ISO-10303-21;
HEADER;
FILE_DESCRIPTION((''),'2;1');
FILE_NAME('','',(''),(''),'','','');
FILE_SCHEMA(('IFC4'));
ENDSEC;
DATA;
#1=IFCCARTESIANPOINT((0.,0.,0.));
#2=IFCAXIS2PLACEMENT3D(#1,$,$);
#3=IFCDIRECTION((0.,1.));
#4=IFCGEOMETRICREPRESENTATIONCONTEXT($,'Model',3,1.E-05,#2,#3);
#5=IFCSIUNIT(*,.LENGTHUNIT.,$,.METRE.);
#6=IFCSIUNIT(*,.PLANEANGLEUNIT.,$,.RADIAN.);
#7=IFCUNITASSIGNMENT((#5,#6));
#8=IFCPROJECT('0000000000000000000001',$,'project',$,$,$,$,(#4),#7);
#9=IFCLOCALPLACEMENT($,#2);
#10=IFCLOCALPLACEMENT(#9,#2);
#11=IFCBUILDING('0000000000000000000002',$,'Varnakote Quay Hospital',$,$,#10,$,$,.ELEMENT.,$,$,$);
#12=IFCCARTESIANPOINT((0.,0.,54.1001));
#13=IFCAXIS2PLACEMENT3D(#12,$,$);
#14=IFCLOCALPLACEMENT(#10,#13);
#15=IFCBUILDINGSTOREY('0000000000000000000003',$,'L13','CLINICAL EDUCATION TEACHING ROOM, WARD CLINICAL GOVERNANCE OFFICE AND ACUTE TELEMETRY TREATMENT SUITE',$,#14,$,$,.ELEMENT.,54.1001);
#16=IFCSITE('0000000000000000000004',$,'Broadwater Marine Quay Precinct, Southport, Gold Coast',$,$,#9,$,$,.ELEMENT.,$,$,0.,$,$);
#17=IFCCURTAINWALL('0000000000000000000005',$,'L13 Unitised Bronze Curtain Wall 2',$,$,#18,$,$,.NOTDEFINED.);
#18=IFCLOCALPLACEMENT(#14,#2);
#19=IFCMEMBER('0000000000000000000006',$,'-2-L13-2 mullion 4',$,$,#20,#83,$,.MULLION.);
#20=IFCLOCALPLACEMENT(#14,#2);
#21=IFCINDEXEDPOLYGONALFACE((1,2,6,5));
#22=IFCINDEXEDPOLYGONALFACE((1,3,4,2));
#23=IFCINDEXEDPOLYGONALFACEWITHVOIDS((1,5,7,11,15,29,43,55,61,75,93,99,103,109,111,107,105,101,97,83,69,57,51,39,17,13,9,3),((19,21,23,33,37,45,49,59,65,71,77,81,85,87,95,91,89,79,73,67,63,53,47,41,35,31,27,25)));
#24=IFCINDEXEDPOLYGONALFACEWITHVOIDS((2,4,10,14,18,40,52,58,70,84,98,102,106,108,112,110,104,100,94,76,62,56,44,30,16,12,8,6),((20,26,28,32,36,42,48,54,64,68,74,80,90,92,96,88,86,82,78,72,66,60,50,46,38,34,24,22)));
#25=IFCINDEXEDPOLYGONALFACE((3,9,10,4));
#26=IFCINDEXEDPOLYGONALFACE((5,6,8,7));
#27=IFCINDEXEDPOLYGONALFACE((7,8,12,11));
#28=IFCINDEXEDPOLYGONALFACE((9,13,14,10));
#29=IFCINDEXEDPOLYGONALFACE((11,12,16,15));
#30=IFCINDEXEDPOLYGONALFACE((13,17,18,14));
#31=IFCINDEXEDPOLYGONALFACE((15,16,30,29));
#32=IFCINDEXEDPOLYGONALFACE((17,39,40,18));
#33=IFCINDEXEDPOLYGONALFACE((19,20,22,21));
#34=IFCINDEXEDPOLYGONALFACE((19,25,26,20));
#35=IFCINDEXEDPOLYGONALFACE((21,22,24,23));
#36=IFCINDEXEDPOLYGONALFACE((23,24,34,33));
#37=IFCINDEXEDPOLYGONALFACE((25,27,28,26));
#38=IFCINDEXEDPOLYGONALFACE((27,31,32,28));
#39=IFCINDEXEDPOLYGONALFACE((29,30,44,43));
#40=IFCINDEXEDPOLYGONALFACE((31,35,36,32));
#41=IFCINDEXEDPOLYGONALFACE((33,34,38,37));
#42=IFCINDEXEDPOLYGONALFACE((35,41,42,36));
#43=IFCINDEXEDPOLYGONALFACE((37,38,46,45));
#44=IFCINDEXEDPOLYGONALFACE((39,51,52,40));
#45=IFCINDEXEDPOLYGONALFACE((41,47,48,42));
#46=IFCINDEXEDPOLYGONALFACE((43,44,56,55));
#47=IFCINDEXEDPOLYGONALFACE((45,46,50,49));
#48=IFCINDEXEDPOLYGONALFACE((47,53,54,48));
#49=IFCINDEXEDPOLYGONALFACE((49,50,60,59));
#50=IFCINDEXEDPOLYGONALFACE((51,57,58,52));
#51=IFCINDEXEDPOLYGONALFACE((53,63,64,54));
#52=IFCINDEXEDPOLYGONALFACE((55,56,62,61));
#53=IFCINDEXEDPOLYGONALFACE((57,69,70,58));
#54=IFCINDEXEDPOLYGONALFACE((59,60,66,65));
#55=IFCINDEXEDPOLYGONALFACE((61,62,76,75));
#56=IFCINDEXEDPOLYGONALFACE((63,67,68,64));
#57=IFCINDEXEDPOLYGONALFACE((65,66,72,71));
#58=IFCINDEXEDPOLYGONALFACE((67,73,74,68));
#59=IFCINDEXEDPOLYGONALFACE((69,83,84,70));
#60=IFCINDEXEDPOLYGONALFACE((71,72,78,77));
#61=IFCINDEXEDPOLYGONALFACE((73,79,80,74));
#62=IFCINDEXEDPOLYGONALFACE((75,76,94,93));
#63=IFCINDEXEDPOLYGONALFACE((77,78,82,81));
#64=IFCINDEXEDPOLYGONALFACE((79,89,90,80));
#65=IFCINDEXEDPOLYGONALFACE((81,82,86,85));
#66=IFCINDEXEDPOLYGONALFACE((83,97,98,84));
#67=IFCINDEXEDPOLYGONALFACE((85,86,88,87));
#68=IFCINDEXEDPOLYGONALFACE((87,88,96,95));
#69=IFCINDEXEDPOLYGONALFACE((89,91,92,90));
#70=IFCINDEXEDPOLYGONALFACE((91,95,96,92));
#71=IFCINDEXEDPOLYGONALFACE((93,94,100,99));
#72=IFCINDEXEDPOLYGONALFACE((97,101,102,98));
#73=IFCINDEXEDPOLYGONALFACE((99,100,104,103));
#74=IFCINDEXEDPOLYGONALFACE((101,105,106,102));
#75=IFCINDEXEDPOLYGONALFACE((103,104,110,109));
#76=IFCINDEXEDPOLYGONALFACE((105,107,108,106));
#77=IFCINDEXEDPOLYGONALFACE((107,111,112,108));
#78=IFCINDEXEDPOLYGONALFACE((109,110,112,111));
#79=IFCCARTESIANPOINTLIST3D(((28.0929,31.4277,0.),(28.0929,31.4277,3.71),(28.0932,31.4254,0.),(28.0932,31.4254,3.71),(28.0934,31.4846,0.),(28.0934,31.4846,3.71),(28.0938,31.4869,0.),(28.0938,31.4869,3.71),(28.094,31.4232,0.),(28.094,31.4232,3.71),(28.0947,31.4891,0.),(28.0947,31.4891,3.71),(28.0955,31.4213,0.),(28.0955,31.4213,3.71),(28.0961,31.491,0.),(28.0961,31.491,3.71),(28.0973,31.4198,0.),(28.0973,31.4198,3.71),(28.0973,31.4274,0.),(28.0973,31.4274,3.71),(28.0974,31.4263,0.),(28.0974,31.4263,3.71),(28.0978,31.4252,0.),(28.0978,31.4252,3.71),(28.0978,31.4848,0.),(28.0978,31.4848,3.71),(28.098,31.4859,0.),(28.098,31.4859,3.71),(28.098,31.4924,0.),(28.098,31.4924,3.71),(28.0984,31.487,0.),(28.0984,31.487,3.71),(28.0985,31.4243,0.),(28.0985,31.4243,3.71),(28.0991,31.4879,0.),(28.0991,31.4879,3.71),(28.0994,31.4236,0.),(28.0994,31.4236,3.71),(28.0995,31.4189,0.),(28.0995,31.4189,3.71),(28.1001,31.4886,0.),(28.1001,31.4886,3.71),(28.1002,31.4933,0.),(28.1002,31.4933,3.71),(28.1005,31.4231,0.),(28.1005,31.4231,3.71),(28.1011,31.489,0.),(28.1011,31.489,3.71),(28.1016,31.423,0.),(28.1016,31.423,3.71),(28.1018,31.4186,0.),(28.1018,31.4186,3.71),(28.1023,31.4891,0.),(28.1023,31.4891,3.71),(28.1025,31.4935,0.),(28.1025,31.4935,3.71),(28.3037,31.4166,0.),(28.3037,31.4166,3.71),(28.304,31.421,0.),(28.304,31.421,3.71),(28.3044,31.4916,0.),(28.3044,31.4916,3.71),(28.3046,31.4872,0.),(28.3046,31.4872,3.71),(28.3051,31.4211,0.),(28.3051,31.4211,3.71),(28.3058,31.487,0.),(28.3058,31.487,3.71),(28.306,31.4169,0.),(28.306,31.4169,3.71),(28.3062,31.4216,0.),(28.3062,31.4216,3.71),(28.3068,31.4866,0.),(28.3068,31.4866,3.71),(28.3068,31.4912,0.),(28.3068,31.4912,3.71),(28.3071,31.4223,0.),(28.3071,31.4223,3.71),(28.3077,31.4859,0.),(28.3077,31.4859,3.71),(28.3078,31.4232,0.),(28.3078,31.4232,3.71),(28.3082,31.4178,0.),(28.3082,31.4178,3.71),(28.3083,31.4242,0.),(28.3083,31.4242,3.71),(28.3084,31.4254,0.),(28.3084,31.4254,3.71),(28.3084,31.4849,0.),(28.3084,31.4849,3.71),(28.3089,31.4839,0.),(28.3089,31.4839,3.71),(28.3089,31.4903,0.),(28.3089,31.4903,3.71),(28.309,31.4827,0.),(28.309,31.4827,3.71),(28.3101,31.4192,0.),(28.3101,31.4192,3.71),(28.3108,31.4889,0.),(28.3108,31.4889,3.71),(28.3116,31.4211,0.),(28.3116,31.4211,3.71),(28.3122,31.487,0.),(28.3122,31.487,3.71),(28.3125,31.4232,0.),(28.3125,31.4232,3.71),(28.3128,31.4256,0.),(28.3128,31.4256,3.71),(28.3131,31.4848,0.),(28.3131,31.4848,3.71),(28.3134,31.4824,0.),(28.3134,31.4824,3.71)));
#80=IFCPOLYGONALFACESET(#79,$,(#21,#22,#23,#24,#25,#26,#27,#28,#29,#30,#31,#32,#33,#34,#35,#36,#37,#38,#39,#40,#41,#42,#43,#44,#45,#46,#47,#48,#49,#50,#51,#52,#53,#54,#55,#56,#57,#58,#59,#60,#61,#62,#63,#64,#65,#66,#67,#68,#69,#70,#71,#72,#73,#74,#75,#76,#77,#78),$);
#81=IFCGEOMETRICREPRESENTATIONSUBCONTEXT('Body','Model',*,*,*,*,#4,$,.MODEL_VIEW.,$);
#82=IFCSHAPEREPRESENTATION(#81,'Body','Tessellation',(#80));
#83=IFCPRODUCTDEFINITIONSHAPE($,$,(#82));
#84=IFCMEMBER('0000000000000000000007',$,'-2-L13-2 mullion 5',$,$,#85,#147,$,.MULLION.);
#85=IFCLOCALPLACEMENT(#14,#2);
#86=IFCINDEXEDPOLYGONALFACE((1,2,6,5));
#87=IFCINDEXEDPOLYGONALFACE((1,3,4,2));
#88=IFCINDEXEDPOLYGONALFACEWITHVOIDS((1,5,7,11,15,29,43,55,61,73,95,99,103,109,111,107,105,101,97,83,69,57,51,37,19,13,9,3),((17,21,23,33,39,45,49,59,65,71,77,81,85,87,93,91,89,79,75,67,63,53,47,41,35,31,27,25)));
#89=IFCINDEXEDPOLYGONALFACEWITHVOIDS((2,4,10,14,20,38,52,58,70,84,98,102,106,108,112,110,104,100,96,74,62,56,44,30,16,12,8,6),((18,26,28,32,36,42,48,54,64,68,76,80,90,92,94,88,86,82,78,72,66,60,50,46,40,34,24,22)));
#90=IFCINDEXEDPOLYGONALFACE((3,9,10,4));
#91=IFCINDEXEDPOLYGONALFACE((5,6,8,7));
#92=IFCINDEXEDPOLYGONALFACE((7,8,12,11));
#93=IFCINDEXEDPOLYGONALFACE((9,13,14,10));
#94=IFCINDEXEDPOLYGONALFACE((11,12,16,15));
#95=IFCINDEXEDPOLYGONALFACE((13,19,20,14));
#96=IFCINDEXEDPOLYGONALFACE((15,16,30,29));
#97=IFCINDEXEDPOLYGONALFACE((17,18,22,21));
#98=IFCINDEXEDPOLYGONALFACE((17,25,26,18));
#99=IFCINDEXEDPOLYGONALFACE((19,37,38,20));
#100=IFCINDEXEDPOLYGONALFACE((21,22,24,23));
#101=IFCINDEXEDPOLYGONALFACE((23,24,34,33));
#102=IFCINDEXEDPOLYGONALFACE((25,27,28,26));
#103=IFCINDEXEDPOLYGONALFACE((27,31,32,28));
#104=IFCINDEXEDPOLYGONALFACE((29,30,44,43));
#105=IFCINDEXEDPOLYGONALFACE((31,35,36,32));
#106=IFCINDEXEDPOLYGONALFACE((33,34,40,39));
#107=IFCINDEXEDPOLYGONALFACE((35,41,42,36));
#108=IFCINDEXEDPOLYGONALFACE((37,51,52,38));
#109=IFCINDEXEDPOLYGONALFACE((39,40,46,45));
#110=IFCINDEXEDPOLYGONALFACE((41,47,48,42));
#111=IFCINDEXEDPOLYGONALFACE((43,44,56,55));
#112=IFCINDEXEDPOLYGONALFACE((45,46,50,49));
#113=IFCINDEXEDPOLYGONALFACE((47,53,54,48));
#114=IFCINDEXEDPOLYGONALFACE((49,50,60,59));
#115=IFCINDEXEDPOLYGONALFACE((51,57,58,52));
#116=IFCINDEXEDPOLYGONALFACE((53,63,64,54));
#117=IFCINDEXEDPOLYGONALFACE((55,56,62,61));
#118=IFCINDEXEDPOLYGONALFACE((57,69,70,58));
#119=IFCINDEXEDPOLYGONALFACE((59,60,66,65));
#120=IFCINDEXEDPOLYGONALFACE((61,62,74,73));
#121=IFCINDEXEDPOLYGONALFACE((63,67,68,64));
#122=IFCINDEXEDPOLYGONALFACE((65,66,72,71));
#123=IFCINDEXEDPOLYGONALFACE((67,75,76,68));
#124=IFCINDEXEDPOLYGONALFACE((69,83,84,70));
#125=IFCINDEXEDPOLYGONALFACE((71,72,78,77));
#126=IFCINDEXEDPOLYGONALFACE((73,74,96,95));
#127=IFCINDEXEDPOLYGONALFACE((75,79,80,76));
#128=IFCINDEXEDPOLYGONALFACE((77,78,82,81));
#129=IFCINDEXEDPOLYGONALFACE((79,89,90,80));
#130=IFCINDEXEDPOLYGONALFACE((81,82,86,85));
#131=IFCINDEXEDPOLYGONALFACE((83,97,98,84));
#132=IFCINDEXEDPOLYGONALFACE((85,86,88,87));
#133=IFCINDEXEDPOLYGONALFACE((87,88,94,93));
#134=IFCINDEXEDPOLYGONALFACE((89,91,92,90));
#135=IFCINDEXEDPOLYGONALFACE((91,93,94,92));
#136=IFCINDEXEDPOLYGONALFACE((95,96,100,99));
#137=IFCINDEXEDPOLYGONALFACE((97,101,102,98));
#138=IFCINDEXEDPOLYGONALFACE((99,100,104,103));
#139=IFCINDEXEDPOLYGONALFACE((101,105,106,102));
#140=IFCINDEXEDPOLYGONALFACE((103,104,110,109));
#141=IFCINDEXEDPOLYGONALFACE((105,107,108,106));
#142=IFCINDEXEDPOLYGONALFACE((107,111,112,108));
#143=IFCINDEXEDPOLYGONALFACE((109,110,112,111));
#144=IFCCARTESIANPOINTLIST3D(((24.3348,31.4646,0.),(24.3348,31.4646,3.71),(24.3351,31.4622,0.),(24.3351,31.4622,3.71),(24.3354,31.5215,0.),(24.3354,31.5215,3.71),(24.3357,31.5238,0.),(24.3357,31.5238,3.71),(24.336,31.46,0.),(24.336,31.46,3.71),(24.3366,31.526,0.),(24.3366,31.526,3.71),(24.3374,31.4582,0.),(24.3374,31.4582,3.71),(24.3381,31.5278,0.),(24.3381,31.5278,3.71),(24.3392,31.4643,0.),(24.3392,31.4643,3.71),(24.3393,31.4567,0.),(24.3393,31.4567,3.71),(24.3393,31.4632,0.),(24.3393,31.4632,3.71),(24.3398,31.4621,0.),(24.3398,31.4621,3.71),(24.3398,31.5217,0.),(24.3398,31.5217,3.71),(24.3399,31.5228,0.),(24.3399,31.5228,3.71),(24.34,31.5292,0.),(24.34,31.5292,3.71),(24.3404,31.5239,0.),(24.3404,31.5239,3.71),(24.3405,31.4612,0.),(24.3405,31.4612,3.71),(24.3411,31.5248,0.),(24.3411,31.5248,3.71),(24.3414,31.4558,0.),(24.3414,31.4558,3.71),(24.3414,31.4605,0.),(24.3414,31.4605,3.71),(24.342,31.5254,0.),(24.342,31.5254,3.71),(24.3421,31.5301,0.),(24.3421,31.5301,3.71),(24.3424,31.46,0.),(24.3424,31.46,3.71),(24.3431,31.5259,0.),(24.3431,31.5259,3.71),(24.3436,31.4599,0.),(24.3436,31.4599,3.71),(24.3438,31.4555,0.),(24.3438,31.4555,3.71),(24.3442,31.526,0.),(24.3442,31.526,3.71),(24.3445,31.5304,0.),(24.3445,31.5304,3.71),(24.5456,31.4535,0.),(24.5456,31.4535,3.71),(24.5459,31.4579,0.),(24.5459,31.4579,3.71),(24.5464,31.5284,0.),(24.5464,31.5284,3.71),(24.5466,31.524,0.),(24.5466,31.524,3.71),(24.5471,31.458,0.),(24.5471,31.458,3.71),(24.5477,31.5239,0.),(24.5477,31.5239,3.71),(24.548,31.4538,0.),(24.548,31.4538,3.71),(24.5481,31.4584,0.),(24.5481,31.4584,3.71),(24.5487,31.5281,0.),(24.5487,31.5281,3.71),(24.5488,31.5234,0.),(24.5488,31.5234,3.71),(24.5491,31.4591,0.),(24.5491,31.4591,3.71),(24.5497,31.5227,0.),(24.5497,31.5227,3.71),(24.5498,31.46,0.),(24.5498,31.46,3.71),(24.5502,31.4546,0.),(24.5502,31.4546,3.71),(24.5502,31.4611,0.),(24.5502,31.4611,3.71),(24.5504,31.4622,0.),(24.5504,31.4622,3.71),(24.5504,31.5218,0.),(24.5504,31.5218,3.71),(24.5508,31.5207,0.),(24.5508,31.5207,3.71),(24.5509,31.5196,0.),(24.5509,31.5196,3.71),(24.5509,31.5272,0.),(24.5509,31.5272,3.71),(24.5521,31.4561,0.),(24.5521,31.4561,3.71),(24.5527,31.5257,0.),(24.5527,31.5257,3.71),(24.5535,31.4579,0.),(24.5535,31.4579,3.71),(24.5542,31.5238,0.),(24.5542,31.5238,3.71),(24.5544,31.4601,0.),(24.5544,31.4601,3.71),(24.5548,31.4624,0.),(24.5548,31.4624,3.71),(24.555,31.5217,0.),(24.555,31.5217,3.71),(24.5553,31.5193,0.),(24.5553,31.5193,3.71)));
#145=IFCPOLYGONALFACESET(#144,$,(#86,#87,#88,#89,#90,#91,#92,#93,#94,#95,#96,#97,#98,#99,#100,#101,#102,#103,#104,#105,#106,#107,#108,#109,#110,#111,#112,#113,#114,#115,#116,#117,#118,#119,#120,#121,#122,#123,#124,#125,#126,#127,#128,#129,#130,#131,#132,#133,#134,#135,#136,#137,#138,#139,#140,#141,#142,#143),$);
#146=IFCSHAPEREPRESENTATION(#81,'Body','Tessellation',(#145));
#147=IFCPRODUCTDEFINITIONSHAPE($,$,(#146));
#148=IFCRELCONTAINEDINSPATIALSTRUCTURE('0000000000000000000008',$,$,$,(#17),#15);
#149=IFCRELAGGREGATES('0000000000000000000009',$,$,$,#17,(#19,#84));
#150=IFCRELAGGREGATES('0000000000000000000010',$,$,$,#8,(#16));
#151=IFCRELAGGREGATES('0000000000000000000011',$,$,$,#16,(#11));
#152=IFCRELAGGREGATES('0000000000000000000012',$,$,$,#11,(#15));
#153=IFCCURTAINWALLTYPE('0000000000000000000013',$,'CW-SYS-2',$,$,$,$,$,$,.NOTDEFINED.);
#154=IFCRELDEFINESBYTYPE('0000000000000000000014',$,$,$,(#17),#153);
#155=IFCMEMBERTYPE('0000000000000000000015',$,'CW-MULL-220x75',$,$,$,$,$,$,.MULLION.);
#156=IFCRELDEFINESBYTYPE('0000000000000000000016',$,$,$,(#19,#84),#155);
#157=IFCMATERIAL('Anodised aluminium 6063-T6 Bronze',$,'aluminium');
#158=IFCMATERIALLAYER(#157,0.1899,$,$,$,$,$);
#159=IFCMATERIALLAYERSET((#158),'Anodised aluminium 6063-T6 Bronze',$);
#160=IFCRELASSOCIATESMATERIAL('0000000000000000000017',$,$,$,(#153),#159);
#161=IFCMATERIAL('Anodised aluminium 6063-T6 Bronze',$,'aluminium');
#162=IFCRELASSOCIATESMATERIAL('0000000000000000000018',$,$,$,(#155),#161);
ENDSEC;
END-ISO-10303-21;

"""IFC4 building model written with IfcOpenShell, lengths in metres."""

from ifc_helpers import new_model, si_unit, direction, frame, origin, origin_2d, place, context, subcontext, project, spatial, hollow_rectangle, extrude, material, layer, layer_set, material_profile, profile_set, type_object, element, aggregate, save


model = new_model("IFC4")

# Units and contexts
model_context = context("Model", 3, precision=1e-05, world=origin(), true_north=direction((0.0, 1.0)))
body_context = subcontext(model_context, "Body", "Model", "MODEL_VIEW")
ifc_project = project(units=[si_unit("LENGTHUNIT", "METRE"), si_unit("PLANEANGLEUNIT", "RADIAN")], contexts=[model_context])

# Site, building, storey
site_placement = place(None, origin())
site = spatial("IfcSite", under=ifc_project, at=site_placement, Name="Broadwater Marine Quay Precinct, Southport, Gold Coast", CompositionType="ELEMENT", RefElevation=0.0)
building_placement = place(site_placement, origin())
building = spatial("IfcBuilding", under=site, at=building_placement, Name="Varnakote Quay Hospital", CompositionType="ELEMENT")
storey_placement = place(building_placement, frame((0.0, 0.0, 54.1001)))
storey = spatial("IfcBuildingStorey", under=building, at=storey_placement, Name="L13", Description="CLINICAL EDUCATION TEACHING ROOM, WARD CLINICAL GOVERNANCE OFFICE AND ACUTE TELEMETRY TREATMENT SUITE", CompositionType="ELEMENT", Elevation=54.1001)

# Curtain wall, members
ifc_material_1 = material(Name="Anodised aluminium 6063-T6 Bronze", Category="aluminium")
ifc_layer_1 = layer(ifc_material_1, 0.1899)
ifc_layer_set_1 = layer_set([ifc_layer_1], Name="Anodised aluminium 6063-T6 Bronze")
curtain_wall_type = type_object("IfcCurtainWallType", Name="CW-SYS-2", PredefinedType="NOTDEFINED", material=ifc_layer_set_1)
curtain_wall_placement = place(storey_placement, origin())
curtain_wall = element("IfcCurtainWall", 1, at=curtain_wall_placement, inside=storey, type_object=curtain_wall_type, Name="L13 Unitised Bronze Curtain Wall 2", PredefinedType="NOTDEFINED")
ifc_material_2 = material(Name="Anodised aluminium 6063-T6 Bronze", Category="aluminium")
ifc_material_profile_1 = material_profile(ifc_material_2, hollow_rectangle(XDim=0.075, YDim=0.22, WallThickness=0.0044, InnerFilletRadius=0.0044, OuterFilletRadius=0.009, at=origin_2d()), Name="CW-MULL-220x75")
ifc_profile_set_1 = profile_set([ifc_material_profile_1], Name="Anodised aluminium 6063-T6 Bronze")
member_type_1 = type_object("IfcMemberType", Name="CW-MULL-220x75", PredefinedType="MULLION", material=ifc_profile_set_1)
member_1_placement = place(storey_placement, frame((28.2031, 31.4551, 0.0), z_axis=(0.0, 0.0, 1.0), x_axis=(-0.009774, -0.999952, 0.0)))
member_1 = element("IfcMember", 2, at=member_1_placement, type_object=member_type_1, Name="-2-L13-2 mullion 4", PredefinedType="MULLION", context=body_context, shape_type="SweptSolid", body=[
    extrude(hollow_rectangle(XDim=0.075, YDim=0.22, WallThickness=0.0044, InnerFilletRadius=0.0044, OuterFilletRadius=0.009, at=origin_2d()), origin(), (0.0, 0.0, 1.0), 3.71),
])
member_2_placement = place(storey_placement, frame((24.4451, 31.4919, 0.0), z_axis=(0.0, 0.0, 1.0), x_axis=(-0.009774, -0.999952, 0.0)))
member_2 = element("IfcMember", 3, at=member_2_placement, type_object=member_type_1, Name="-2-L13-2 mullion 5", PredefinedType="MULLION", context=body_context, shape_type="SweptSolid", body=[
    extrude(hollow_rectangle(XDim=0.075, YDim=0.22, WallThickness=0.0044, InnerFilletRadius=0.0044, OuterFilletRadius=0.009, at=origin_2d()), origin(), (0.0, 0.0, 1.0), 3.71),
])

aggregate(curtain_wall, [member_1, member_2])

save(model, "model.ifc")
